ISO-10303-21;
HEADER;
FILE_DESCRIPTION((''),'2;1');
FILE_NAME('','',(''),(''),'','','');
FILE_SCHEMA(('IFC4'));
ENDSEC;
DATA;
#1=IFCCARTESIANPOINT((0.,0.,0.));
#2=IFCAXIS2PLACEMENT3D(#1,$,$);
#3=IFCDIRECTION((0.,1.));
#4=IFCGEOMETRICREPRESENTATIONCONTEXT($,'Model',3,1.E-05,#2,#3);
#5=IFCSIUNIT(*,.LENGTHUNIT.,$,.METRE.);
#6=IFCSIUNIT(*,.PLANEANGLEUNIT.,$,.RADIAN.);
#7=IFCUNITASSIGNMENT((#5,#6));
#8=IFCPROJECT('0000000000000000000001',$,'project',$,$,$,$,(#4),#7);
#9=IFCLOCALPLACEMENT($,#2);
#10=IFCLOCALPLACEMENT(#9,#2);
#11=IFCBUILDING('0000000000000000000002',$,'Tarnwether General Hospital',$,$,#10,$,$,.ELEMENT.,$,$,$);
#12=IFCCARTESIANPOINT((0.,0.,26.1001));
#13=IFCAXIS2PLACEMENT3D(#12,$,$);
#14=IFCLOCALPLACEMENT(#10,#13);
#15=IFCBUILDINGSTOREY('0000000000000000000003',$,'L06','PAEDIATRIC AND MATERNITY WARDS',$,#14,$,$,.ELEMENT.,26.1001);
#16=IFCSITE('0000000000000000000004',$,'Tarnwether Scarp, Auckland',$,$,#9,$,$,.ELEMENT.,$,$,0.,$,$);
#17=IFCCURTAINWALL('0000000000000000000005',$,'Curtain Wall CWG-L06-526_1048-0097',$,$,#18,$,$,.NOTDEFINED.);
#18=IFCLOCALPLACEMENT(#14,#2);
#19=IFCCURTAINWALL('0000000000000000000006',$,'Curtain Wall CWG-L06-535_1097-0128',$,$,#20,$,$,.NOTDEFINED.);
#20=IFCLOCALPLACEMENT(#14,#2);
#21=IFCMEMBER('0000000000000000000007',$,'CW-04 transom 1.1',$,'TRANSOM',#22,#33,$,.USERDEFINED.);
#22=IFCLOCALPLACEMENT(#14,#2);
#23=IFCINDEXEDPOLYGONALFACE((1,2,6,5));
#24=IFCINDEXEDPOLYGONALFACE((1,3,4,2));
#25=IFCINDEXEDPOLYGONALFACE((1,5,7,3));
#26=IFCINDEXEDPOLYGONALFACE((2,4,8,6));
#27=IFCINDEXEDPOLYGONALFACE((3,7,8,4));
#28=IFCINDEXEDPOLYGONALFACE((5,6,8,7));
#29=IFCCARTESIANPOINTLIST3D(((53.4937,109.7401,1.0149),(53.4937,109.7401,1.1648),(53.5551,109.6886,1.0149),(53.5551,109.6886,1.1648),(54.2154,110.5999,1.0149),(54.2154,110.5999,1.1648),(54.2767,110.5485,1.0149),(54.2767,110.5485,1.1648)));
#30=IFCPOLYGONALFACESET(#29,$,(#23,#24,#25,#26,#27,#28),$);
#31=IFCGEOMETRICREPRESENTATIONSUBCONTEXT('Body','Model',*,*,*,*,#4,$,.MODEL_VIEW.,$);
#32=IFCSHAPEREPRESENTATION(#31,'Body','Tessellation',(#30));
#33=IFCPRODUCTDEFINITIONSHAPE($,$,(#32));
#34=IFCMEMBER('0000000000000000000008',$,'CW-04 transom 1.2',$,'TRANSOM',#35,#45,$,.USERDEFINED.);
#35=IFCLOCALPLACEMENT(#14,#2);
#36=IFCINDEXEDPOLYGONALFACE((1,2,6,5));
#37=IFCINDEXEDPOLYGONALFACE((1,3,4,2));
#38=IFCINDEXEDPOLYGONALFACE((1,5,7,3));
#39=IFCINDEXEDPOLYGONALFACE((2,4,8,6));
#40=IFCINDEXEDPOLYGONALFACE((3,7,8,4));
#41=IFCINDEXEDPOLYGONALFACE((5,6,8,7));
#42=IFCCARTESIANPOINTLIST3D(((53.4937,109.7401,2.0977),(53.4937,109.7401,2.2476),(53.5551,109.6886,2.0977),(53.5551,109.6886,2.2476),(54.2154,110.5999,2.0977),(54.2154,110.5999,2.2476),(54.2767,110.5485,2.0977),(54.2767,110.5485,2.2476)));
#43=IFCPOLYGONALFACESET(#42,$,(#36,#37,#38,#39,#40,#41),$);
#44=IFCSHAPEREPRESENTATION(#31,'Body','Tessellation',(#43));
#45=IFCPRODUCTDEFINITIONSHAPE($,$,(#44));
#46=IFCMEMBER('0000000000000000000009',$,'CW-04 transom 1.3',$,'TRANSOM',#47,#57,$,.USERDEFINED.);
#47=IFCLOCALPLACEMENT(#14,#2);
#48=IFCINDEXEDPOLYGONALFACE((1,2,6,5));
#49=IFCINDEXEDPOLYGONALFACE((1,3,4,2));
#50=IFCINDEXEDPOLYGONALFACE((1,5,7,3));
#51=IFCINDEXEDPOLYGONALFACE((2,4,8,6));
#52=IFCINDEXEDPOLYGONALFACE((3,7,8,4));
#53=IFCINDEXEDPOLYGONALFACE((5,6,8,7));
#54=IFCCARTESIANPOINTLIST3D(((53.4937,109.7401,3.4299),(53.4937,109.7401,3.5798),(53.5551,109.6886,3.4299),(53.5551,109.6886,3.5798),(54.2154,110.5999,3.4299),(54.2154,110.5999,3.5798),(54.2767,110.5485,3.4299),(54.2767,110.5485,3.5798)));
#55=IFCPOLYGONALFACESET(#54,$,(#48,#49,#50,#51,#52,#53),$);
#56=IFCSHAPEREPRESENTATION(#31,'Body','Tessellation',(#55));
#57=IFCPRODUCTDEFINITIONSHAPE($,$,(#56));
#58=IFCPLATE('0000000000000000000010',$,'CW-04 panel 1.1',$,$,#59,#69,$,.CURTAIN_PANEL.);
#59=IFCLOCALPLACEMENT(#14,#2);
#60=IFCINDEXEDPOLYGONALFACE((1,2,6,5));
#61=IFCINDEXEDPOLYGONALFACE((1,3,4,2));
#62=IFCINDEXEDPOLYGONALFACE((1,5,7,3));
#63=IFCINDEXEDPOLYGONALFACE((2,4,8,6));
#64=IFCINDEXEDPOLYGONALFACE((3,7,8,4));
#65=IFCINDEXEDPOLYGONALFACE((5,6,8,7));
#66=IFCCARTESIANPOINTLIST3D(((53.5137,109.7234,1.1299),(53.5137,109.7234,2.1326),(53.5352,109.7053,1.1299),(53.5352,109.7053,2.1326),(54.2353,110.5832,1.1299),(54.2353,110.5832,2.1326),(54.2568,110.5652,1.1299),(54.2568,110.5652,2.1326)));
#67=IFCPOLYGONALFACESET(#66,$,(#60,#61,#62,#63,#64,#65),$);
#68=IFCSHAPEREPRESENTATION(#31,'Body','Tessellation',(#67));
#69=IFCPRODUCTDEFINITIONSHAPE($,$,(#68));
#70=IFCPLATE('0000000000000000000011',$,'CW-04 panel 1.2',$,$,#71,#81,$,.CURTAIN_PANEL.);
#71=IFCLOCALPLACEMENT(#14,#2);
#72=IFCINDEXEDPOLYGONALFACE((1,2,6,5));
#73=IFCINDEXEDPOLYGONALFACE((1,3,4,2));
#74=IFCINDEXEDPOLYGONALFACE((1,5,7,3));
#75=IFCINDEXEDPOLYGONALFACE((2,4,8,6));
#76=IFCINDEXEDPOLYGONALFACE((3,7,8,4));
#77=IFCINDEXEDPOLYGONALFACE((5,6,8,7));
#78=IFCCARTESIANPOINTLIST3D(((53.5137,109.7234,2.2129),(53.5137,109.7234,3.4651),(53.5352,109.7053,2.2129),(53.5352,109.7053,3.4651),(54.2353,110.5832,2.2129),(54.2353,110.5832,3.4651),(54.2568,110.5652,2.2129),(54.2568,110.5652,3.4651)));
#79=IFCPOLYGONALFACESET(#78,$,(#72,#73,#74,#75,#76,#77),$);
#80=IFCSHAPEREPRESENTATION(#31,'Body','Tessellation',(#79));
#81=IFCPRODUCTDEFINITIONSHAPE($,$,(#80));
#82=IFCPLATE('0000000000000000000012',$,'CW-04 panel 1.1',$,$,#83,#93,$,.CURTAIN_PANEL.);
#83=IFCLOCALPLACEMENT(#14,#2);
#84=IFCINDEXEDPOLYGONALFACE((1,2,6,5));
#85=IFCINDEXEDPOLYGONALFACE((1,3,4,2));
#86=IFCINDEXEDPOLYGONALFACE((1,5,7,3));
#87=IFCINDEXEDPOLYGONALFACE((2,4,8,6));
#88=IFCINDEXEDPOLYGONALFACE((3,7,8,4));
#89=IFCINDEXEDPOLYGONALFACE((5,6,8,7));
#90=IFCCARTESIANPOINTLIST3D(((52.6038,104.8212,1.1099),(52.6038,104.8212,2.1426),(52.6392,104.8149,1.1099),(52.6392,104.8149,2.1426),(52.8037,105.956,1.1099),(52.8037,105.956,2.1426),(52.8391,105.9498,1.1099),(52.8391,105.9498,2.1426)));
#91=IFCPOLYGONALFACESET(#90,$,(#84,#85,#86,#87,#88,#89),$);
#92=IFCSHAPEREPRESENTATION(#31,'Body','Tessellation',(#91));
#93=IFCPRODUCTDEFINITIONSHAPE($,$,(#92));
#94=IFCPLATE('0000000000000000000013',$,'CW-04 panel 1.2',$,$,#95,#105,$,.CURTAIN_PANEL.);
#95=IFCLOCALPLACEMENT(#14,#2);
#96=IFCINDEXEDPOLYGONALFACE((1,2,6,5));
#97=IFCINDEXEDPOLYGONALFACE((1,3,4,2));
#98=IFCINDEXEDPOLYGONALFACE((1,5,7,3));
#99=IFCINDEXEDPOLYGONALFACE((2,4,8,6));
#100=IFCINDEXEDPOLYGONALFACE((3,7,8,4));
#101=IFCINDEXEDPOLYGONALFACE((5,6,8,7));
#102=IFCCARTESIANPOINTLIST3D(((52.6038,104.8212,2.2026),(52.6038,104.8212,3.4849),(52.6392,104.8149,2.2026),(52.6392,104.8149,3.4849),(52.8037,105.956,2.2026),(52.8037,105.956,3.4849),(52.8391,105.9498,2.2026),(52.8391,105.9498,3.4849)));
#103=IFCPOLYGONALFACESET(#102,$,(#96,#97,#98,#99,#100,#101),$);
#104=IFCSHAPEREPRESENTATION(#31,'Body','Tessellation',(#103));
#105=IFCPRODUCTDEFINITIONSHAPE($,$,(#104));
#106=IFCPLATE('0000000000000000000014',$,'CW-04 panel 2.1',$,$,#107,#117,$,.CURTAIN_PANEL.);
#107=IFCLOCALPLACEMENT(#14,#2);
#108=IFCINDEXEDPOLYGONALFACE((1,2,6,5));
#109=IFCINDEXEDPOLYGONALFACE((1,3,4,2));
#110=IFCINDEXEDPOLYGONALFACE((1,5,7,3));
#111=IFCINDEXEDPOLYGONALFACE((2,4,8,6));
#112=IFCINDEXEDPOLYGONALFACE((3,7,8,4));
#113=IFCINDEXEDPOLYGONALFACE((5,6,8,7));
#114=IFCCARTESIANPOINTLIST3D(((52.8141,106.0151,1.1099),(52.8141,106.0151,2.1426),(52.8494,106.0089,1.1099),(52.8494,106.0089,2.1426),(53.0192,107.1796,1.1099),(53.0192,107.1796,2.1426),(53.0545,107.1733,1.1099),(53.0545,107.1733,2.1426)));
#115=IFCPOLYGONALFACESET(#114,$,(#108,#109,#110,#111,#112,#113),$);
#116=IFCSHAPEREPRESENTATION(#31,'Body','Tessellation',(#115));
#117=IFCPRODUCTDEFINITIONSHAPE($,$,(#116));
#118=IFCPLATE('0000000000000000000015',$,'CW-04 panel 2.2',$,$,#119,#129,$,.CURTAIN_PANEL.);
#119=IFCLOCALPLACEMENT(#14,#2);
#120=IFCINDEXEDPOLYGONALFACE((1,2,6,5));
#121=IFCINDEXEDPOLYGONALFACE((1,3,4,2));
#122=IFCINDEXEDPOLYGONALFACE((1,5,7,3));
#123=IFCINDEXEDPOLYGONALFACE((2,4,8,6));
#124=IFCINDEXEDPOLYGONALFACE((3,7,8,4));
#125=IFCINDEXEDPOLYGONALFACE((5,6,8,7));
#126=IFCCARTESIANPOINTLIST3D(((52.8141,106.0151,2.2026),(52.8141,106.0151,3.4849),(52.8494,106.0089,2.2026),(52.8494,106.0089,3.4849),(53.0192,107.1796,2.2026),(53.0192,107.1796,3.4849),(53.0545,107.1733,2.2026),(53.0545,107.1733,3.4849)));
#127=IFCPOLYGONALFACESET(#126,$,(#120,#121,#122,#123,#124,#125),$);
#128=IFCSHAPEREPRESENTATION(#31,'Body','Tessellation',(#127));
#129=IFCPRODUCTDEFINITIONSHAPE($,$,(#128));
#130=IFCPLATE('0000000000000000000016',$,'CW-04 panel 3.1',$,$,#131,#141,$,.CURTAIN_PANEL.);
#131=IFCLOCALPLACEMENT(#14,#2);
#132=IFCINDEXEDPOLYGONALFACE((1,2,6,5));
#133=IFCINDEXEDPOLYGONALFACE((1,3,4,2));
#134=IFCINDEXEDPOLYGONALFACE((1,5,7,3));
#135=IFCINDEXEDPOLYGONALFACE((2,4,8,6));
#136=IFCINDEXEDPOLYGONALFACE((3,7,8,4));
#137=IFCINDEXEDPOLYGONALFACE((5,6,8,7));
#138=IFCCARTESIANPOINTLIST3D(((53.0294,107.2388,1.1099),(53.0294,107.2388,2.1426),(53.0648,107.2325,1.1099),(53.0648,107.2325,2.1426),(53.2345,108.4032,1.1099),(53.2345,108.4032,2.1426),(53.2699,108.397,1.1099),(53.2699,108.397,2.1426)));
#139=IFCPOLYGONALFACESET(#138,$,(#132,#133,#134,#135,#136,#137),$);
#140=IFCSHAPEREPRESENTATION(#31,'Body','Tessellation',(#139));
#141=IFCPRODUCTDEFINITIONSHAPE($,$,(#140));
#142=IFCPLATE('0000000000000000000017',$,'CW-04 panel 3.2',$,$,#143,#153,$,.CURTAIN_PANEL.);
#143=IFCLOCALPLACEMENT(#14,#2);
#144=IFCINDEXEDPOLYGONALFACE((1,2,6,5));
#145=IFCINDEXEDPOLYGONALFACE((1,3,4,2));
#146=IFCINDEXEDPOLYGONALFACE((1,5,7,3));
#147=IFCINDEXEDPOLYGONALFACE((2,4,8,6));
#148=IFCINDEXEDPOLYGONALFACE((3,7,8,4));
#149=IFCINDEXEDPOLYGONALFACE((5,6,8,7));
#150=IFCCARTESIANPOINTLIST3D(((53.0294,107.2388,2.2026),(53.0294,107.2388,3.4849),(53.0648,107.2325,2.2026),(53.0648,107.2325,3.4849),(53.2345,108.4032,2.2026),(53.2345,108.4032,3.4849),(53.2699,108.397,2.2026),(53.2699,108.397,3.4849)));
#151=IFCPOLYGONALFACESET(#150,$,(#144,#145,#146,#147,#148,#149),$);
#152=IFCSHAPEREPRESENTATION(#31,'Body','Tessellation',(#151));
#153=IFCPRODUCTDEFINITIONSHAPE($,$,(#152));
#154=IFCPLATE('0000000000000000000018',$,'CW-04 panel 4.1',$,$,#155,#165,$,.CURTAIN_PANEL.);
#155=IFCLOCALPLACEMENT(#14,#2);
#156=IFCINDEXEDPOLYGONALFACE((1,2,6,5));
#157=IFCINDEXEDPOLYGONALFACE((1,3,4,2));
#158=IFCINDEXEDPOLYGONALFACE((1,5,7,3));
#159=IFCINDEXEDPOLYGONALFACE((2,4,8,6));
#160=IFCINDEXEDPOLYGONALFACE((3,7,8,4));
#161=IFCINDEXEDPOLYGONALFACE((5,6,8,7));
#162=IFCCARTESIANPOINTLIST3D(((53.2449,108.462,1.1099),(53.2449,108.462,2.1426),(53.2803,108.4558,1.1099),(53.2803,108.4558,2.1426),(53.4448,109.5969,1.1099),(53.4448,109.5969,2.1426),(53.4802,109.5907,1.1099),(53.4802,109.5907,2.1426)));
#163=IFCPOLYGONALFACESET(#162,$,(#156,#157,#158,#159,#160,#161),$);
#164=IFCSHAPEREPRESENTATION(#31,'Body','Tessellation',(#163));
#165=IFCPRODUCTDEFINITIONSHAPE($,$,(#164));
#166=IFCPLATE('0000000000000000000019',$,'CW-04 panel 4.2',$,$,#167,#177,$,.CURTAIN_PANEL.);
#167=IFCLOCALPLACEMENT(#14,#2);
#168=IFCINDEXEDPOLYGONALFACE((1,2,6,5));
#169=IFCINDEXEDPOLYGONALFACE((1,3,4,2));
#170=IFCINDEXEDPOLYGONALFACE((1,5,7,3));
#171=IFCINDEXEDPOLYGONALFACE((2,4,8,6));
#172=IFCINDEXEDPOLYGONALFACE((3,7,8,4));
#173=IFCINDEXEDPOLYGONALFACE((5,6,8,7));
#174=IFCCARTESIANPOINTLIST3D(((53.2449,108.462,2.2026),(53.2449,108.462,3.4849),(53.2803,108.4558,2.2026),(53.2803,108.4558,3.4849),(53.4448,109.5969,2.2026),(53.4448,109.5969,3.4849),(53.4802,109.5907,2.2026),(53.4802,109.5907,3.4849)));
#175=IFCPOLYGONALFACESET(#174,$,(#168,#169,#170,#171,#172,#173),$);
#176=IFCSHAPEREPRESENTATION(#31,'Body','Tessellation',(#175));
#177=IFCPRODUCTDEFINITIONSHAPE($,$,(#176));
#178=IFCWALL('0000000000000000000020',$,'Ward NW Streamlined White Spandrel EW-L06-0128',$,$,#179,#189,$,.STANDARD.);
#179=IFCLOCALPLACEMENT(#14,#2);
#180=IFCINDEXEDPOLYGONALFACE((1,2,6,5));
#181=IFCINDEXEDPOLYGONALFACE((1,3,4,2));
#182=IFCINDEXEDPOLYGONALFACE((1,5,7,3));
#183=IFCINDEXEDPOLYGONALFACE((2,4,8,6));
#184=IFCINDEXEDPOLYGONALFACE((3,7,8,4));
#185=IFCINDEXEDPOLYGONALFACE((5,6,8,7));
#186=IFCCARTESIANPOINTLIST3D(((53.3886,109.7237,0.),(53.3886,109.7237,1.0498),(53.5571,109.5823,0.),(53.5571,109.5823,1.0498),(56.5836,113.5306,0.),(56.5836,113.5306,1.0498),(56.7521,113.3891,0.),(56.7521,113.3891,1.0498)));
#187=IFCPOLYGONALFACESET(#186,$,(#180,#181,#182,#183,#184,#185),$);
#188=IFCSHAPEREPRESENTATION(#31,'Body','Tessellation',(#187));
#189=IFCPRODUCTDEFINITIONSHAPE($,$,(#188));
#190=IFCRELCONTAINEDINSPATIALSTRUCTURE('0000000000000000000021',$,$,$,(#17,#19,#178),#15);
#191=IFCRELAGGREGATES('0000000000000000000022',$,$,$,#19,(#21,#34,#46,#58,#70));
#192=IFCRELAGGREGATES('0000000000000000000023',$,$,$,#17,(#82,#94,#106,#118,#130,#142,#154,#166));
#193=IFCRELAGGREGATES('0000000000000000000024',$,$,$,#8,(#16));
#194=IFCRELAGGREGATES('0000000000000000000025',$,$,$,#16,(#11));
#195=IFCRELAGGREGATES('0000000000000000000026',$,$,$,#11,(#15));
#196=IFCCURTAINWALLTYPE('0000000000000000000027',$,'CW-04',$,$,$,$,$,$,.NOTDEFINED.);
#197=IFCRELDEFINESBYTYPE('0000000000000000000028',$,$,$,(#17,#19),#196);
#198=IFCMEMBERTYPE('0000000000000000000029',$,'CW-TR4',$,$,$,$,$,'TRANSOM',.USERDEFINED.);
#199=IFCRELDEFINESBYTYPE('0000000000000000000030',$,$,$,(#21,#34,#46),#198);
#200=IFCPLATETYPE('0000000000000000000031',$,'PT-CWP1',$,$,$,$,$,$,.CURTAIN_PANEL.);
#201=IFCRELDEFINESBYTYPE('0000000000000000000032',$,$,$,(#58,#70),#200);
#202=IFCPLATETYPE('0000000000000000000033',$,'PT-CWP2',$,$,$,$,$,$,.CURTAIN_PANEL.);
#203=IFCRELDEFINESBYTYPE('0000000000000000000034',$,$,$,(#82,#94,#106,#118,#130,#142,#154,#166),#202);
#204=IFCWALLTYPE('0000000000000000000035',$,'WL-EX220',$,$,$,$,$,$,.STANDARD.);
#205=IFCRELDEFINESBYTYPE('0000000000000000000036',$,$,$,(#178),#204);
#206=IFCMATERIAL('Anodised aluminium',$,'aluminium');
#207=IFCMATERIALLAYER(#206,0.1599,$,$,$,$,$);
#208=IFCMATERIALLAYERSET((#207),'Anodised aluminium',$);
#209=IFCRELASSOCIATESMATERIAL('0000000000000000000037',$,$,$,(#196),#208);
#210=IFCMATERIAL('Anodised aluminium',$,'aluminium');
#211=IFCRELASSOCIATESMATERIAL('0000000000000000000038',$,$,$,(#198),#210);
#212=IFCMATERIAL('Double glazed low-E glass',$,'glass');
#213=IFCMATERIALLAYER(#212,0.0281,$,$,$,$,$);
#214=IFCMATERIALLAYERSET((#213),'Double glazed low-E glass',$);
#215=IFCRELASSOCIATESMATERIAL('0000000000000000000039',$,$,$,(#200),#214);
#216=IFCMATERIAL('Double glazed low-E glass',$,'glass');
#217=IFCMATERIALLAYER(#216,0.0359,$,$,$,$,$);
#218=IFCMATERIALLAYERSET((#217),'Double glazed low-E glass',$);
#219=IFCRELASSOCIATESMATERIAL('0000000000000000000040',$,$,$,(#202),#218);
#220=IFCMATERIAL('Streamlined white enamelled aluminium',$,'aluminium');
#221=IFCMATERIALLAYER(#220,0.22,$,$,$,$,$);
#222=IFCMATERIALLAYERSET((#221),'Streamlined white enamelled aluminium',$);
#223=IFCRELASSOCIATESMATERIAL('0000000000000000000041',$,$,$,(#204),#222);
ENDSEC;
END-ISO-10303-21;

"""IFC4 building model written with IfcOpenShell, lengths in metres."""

from ifc_helpers import new_model, si_unit, direction, frame, frame_2d, origin, origin_2d, place, context, subcontext, project, spatial, rectangle, extrude, material, layer, layer_set, material_profile, profile_set, type_object, element, aggregate, save


model = new_model("IFC4")

# Units and contexts
model_context = context("Model", 3, precision=1e-05, world=origin(), true_north=direction((0.0, 1.0)))
body_context = subcontext(model_context, "Body", "Model", "MODEL_VIEW")
ifc_project = project(units=[si_unit("LENGTHUNIT", "METRE"), si_unit("PLANEANGLEUNIT", "RADIAN")], contexts=[model_context])

# Site, building, storey
site_placement = place(None, origin())
site = spatial("IfcSite", under=ifc_project, at=site_placement, Name="Tarnwether Scarp, Auckland", CompositionType="ELEMENT", RefElevation=0.0)
building_placement = place(site_placement, origin())
building = spatial("IfcBuilding", under=site, at=building_placement, Name="Tarnwether General Hospital", CompositionType="ELEMENT")
storey_placement = place(building_placement, frame((0.0, 0.0, 26.1001)))
storey = spatial("IfcBuildingStorey", under=building, at=storey_placement, Name="L06", Description="PAEDIATRIC AND MATERNITY WARDS", CompositionType="ELEMENT", Elevation=26.1001)

# Curtain wall
ifc_material_1 = material(Name="Anodised aluminium", Category="aluminium")
ifc_layer_1 = layer(ifc_material_1, 0.1599)
ifc_layer_set_1 = layer_set([ifc_layer_1], Name="Anodised aluminium")
curtain_wall_type = type_object("IfcCurtainWallType", Name="CW-04", PredefinedType="NOTDEFINED", material=ifc_layer_set_1)
curtain_wall_1_placement = place(storey_placement, origin())
curtain_wall_1 = element("IfcCurtainWall", 1, at=curtain_wall_1_placement, inside=storey, type_object=curtain_wall_type, Name="Curtain Wall CWG-L06-526_1048-0097", PredefinedType="NOTDEFINED")

# Curtain wall
curtain_wall_2_placement = place(storey_placement, origin())
curtain_wall_2 = element("IfcCurtainWall", 2, at=curtain_wall_2_placement, inside=storey, type_object=curtain_wall_type, Name="Curtain Wall CWG-L06-535_1097-0128", PredefinedType="NOTDEFINED")

# Members
ifc_material_2 = material(Name="Anodised aluminium", Category="aluminium")
ifc_material_profile_1 = material_profile(ifc_material_2, rectangle(XDim=0.0801, YDim=0.1499, at=origin_2d()), Name="ALU-TRN-80x150")
ifc_profile_set_1 = profile_set([ifc_material_profile_1], Name="Anodised aluminium")
member_type_1 = type_object("IfcMemberType", Name="CW-TR4", ElementType="TRANSOM", PredefinedType="USERDEFINED", material=ifc_profile_set_1)
member_1_placement = place(storey_placement, frame((53.5244, 109.7144, 1.0898), z_axis=(0.642876, 0.76597, 0.0), x_axis=(-0.76597, 0.642876, 0.0)))
member_1 = element("IfcMember", 3, at=member_1_placement, type_object=member_type_1, Name="CW-04 transom 1.1", ObjectType="TRANSOM", PredefinedType="USERDEFINED", context=body_context, shape_type="SweptSolid", body=[
    extrude(rectangle(XDim=0.0801, YDim=0.1499, at=origin_2d()), origin(), (0.0, 0.0, 1.0), 1.1226),
])
member_2_placement = place(storey_placement, frame((53.5244, 109.7144, 2.1726), z_axis=(0.642876, 0.76597, 0.0), x_axis=(-0.76597, 0.642876, 0.0)))
member_2 = element("IfcMember", 4, at=member_2_placement, type_object=member_type_1, Name="CW-04 transom 1.2", ObjectType="TRANSOM", PredefinedType="USERDEFINED", context=body_context, shape_type="SweptSolid", body=[
    extrude(rectangle(XDim=0.0801, YDim=0.1499, at=origin_2d()), origin(), (0.0, 0.0, 1.0), 1.1226),
])
member_3_placement = place(storey_placement, frame((53.5244, 109.7144, 3.5049), z_axis=(0.642876, 0.76597, 0.0), x_axis=(-0.76597, 0.642876, 0.0)))
member_3 = element("IfcMember", 5, at=member_3_placement, type_object=member_type_1, Name="CW-04 transom 1.3", ObjectType="TRANSOM", PredefinedType="USERDEFINED", context=body_context, shape_type="SweptSolid", body=[
    extrude(rectangle(XDim=0.0801, YDim=0.1499, at=origin_2d()), origin(), (0.0, 0.0, 1.0), 1.1226),
])

# Plates
ifc_material_3 = material(Name="Double glazed low-E glass", Category="glass")
ifc_layer_2 = layer(ifc_material_3, 0.0281)
ifc_layer_set_2 = layer_set([ifc_layer_2], Name="Double glazed low-E glass")
plate_type_1 = type_object("IfcPlateType", Name="PT-CWP1", PredefinedType="CURTAIN_PANEL", material=ifc_layer_set_2)
plate_1_placement = place(storey_placement, frame((53.8853, 110.1443, 1.1299), z_axis=(0.0, 0.0, 1.0), x_axis=(0.642852, 0.76599, 0.0)))
plate_1 = element("IfcPlate", 6, at=plate_1_placement, type_object=plate_type_1, Name="CW-04 panel 1.1", PredefinedType="CURTAIN_PANEL", context=body_context, shape_type="SweptSolid", body=[
    extrude(rectangle(XDim=1.1226, YDim=0.0281, at=origin_2d()), origin(), (0.0, 0.0, 1.0), 1.0027),
])
plate_2_placement = place(storey_placement, frame((53.8853, 110.1443, 2.2129), z_axis=(0.0, 0.0, 1.0), x_axis=(0.642852, 0.76599, 0.0)))
plate_2 = element("IfcPlate", 7, at=plate_2_placement, type_object=plate_type_1, Name="CW-04 panel 1.2", PredefinedType="CURTAIN_PANEL", context=body_context, shape_type="SweptSolid", body=[
    extrude(rectangle(XDim=1.1226, YDim=0.0281, at=origin_2d()), origin(), (0.0, 0.0, 1.0), 1.2522),
])
aggregate(curtain_wall_2, [member_1, member_2, member_3, plate_1, plate_2])
ifc_material_4 = material(Name="Double glazed low-E glass", Category="glass")
ifc_layer_3 = layer(ifc_material_4, 0.0359)
ifc_layer_set_3 = layer_set([ifc_layer_3], Name="Double glazed low-E glass")
plate_type_2 = type_object("IfcPlateType", Name="PT-CWP2", PredefinedType="CURTAIN_PANEL", material=ifc_layer_set_3)
plate_3_placement = place(storey_placement, frame((52.7214, 105.3855, 1.1099), z_axis=(0.0, 0.0, 1.0), x_axis=(0.173464, 0.98484, 0.0)))
plate_3 = element("IfcPlate", 8, at=plate_3_placement, type_object=plate_type_2, Name="CW-04 panel 1.1", PredefinedType="CURTAIN_PANEL", context=body_context, shape_type="SweptSolid", body=[
    extrude(rectangle(XDim=1.1523, YDim=0.0359, at=origin_2d()), origin(), (0.0, 0.0, 1.0), 1.0327),
])
plate_4_placement = place(storey_placement, frame((52.7214, 105.3855, 2.2026), z_axis=(0.0, 0.0, 1.0), x_axis=(0.173464, 0.98484, 0.0)))
plate_4 = element("IfcPlate", 9, at=plate_4_placement, type_object=plate_type_2, Name="CW-04 panel 1.2", PredefinedType="CURTAIN_PANEL", context=body_context, shape_type="SweptSolid", body=[
    extrude(rectangle(XDim=1.1523, YDim=0.0359, at=origin_2d()), origin(), (0.0, 0.0, 1.0), 1.2822),
])
plate_5_placement = place(storey_placement, frame((52.9343, 106.5942, 1.1099), z_axis=(0.0, 0.0, 1.0), x_axis=(0.173464, 0.98484, 0.0)))
plate_5 = element("IfcPlate", 10, at=plate_5_placement, type_object=plate_type_2, Name="CW-04 panel 2.1", PredefinedType="CURTAIN_PANEL", context=body_context, shape_type="SweptSolid", body=[
    extrude(rectangle(XDim=1.1824, YDim=0.0359, at=origin_2d()), origin(), (0.0, 0.0, 1.0), 1.0327),
])
plate_6_placement = place(storey_placement, frame((52.9343, 106.5942, 2.2026), z_axis=(0.0, 0.0, 1.0), x_axis=(0.173464, 0.98484, 0.0)))
plate_6 = element("IfcPlate", 11, at=plate_6_placement, type_object=plate_type_2, Name="CW-04 panel 2.2", PredefinedType="CURTAIN_PANEL", context=body_context, shape_type="SweptSolid", body=[
    extrude(rectangle(XDim=1.1824, YDim=0.0359, at=origin_2d()), origin(), (0.0, 0.0, 1.0), 1.2822),
])
plate_7_placement = place(storey_placement, frame((53.1497, 107.8179, 1.1099), z_axis=(0.0, 0.0, 1.0), x_axis=(0.173464, 0.98484, 0.0)))
plate_7 = element("IfcPlate", 12, at=plate_7_placement, type_object=plate_type_2, Name="CW-04 panel 3.1", PredefinedType="CURTAIN_PANEL", context=body_context, shape_type="SweptSolid", body=[
    extrude(rectangle(XDim=1.1824, YDim=0.0359, at=origin_2d()), origin(), (0.0, 0.0, 1.0), 1.0327),
])
plate_8_placement = place(storey_placement, frame((53.1497, 107.8179, 2.2026), z_axis=(0.0, 0.0, 1.0), x_axis=(0.173464, 0.98484, 0.0)))
plate_8 = element("IfcPlate", 13, at=plate_8_placement, type_object=plate_type_2, Name="CW-04 panel 3.2", PredefinedType="CURTAIN_PANEL", context=body_context, shape_type="SweptSolid", body=[
    extrude(rectangle(XDim=1.1824, YDim=0.0359, at=origin_2d()), origin(), (0.0, 0.0, 1.0), 1.2822),
])
plate_9_placement = place(storey_placement, frame((53.3625, 109.0264, 1.1099), z_axis=(0.0, 0.0, 1.0), x_axis=(0.173464, 0.98484, 0.0)))
plate_9 = element("IfcPlate", 14, at=plate_9_placement, type_object=plate_type_2, Name="CW-04 panel 4.1", PredefinedType="CURTAIN_PANEL", context=body_context, shape_type="SweptSolid", body=[
    extrude(rectangle(XDim=1.1523, YDim=0.0359, at=origin_2d()), origin(), (0.0, 0.0, 1.0), 1.0327),
])
plate_10_placement = place(storey_placement, frame((53.3625, 109.0264, 2.2026), z_axis=(0.0, 0.0, 1.0), x_axis=(0.173464, 0.98484, 0.0)))
plate_10 = element("IfcPlate", 15, at=plate_10_placement, type_object=plate_type_2, Name="CW-04 panel 4.2", PredefinedType="CURTAIN_PANEL", context=body_context, shape_type="SweptSolid", body=[
    extrude(rectangle(XDim=1.1523, YDim=0.0359, at=origin_2d()), origin(), (0.0, 0.0, 1.0), 1.2822),
])
aggregate(curtain_wall_1, [plate_3, plate_4, plate_5, plate_6, plate_7, plate_8, plate_9, plate_10])

# Wall
ifc_material_5 = material(Name="Streamlined white enamelled aluminium", Category="aluminium")
ifc_layer_4 = layer(ifc_material_5, 0.22)
ifc_layer_set_4 = layer_set([ifc_layer_4], Name="Streamlined white enamelled aluminium")
wall_type = type_object("IfcWallType", Name="WL-EX220", PredefinedType="STANDARD", material=ifc_layer_set_4)
wall_placement = place(storey_placement, frame((53.4729, 109.6531, 0.0), z_axis=(0.0, 0.0, 1.0), x_axis=(0.642872, 0.765974, 0.0)))
element("IfcWall", 16, at=wall_placement, inside=storey, type_object=wall_type, Name="Ward NW Streamlined White Spandrel EW-L06-0128", PredefinedType="STANDARD", context=body_context, shape_type="SweptSolid", body=[
    extrude(rectangle(XDim=4.97, YDim=0.22, at=frame_2d((2.4849, 0.0))), origin(), (0.0, 0.0, 1.0), 1.0498),
])

save(model, "model.ifc")
